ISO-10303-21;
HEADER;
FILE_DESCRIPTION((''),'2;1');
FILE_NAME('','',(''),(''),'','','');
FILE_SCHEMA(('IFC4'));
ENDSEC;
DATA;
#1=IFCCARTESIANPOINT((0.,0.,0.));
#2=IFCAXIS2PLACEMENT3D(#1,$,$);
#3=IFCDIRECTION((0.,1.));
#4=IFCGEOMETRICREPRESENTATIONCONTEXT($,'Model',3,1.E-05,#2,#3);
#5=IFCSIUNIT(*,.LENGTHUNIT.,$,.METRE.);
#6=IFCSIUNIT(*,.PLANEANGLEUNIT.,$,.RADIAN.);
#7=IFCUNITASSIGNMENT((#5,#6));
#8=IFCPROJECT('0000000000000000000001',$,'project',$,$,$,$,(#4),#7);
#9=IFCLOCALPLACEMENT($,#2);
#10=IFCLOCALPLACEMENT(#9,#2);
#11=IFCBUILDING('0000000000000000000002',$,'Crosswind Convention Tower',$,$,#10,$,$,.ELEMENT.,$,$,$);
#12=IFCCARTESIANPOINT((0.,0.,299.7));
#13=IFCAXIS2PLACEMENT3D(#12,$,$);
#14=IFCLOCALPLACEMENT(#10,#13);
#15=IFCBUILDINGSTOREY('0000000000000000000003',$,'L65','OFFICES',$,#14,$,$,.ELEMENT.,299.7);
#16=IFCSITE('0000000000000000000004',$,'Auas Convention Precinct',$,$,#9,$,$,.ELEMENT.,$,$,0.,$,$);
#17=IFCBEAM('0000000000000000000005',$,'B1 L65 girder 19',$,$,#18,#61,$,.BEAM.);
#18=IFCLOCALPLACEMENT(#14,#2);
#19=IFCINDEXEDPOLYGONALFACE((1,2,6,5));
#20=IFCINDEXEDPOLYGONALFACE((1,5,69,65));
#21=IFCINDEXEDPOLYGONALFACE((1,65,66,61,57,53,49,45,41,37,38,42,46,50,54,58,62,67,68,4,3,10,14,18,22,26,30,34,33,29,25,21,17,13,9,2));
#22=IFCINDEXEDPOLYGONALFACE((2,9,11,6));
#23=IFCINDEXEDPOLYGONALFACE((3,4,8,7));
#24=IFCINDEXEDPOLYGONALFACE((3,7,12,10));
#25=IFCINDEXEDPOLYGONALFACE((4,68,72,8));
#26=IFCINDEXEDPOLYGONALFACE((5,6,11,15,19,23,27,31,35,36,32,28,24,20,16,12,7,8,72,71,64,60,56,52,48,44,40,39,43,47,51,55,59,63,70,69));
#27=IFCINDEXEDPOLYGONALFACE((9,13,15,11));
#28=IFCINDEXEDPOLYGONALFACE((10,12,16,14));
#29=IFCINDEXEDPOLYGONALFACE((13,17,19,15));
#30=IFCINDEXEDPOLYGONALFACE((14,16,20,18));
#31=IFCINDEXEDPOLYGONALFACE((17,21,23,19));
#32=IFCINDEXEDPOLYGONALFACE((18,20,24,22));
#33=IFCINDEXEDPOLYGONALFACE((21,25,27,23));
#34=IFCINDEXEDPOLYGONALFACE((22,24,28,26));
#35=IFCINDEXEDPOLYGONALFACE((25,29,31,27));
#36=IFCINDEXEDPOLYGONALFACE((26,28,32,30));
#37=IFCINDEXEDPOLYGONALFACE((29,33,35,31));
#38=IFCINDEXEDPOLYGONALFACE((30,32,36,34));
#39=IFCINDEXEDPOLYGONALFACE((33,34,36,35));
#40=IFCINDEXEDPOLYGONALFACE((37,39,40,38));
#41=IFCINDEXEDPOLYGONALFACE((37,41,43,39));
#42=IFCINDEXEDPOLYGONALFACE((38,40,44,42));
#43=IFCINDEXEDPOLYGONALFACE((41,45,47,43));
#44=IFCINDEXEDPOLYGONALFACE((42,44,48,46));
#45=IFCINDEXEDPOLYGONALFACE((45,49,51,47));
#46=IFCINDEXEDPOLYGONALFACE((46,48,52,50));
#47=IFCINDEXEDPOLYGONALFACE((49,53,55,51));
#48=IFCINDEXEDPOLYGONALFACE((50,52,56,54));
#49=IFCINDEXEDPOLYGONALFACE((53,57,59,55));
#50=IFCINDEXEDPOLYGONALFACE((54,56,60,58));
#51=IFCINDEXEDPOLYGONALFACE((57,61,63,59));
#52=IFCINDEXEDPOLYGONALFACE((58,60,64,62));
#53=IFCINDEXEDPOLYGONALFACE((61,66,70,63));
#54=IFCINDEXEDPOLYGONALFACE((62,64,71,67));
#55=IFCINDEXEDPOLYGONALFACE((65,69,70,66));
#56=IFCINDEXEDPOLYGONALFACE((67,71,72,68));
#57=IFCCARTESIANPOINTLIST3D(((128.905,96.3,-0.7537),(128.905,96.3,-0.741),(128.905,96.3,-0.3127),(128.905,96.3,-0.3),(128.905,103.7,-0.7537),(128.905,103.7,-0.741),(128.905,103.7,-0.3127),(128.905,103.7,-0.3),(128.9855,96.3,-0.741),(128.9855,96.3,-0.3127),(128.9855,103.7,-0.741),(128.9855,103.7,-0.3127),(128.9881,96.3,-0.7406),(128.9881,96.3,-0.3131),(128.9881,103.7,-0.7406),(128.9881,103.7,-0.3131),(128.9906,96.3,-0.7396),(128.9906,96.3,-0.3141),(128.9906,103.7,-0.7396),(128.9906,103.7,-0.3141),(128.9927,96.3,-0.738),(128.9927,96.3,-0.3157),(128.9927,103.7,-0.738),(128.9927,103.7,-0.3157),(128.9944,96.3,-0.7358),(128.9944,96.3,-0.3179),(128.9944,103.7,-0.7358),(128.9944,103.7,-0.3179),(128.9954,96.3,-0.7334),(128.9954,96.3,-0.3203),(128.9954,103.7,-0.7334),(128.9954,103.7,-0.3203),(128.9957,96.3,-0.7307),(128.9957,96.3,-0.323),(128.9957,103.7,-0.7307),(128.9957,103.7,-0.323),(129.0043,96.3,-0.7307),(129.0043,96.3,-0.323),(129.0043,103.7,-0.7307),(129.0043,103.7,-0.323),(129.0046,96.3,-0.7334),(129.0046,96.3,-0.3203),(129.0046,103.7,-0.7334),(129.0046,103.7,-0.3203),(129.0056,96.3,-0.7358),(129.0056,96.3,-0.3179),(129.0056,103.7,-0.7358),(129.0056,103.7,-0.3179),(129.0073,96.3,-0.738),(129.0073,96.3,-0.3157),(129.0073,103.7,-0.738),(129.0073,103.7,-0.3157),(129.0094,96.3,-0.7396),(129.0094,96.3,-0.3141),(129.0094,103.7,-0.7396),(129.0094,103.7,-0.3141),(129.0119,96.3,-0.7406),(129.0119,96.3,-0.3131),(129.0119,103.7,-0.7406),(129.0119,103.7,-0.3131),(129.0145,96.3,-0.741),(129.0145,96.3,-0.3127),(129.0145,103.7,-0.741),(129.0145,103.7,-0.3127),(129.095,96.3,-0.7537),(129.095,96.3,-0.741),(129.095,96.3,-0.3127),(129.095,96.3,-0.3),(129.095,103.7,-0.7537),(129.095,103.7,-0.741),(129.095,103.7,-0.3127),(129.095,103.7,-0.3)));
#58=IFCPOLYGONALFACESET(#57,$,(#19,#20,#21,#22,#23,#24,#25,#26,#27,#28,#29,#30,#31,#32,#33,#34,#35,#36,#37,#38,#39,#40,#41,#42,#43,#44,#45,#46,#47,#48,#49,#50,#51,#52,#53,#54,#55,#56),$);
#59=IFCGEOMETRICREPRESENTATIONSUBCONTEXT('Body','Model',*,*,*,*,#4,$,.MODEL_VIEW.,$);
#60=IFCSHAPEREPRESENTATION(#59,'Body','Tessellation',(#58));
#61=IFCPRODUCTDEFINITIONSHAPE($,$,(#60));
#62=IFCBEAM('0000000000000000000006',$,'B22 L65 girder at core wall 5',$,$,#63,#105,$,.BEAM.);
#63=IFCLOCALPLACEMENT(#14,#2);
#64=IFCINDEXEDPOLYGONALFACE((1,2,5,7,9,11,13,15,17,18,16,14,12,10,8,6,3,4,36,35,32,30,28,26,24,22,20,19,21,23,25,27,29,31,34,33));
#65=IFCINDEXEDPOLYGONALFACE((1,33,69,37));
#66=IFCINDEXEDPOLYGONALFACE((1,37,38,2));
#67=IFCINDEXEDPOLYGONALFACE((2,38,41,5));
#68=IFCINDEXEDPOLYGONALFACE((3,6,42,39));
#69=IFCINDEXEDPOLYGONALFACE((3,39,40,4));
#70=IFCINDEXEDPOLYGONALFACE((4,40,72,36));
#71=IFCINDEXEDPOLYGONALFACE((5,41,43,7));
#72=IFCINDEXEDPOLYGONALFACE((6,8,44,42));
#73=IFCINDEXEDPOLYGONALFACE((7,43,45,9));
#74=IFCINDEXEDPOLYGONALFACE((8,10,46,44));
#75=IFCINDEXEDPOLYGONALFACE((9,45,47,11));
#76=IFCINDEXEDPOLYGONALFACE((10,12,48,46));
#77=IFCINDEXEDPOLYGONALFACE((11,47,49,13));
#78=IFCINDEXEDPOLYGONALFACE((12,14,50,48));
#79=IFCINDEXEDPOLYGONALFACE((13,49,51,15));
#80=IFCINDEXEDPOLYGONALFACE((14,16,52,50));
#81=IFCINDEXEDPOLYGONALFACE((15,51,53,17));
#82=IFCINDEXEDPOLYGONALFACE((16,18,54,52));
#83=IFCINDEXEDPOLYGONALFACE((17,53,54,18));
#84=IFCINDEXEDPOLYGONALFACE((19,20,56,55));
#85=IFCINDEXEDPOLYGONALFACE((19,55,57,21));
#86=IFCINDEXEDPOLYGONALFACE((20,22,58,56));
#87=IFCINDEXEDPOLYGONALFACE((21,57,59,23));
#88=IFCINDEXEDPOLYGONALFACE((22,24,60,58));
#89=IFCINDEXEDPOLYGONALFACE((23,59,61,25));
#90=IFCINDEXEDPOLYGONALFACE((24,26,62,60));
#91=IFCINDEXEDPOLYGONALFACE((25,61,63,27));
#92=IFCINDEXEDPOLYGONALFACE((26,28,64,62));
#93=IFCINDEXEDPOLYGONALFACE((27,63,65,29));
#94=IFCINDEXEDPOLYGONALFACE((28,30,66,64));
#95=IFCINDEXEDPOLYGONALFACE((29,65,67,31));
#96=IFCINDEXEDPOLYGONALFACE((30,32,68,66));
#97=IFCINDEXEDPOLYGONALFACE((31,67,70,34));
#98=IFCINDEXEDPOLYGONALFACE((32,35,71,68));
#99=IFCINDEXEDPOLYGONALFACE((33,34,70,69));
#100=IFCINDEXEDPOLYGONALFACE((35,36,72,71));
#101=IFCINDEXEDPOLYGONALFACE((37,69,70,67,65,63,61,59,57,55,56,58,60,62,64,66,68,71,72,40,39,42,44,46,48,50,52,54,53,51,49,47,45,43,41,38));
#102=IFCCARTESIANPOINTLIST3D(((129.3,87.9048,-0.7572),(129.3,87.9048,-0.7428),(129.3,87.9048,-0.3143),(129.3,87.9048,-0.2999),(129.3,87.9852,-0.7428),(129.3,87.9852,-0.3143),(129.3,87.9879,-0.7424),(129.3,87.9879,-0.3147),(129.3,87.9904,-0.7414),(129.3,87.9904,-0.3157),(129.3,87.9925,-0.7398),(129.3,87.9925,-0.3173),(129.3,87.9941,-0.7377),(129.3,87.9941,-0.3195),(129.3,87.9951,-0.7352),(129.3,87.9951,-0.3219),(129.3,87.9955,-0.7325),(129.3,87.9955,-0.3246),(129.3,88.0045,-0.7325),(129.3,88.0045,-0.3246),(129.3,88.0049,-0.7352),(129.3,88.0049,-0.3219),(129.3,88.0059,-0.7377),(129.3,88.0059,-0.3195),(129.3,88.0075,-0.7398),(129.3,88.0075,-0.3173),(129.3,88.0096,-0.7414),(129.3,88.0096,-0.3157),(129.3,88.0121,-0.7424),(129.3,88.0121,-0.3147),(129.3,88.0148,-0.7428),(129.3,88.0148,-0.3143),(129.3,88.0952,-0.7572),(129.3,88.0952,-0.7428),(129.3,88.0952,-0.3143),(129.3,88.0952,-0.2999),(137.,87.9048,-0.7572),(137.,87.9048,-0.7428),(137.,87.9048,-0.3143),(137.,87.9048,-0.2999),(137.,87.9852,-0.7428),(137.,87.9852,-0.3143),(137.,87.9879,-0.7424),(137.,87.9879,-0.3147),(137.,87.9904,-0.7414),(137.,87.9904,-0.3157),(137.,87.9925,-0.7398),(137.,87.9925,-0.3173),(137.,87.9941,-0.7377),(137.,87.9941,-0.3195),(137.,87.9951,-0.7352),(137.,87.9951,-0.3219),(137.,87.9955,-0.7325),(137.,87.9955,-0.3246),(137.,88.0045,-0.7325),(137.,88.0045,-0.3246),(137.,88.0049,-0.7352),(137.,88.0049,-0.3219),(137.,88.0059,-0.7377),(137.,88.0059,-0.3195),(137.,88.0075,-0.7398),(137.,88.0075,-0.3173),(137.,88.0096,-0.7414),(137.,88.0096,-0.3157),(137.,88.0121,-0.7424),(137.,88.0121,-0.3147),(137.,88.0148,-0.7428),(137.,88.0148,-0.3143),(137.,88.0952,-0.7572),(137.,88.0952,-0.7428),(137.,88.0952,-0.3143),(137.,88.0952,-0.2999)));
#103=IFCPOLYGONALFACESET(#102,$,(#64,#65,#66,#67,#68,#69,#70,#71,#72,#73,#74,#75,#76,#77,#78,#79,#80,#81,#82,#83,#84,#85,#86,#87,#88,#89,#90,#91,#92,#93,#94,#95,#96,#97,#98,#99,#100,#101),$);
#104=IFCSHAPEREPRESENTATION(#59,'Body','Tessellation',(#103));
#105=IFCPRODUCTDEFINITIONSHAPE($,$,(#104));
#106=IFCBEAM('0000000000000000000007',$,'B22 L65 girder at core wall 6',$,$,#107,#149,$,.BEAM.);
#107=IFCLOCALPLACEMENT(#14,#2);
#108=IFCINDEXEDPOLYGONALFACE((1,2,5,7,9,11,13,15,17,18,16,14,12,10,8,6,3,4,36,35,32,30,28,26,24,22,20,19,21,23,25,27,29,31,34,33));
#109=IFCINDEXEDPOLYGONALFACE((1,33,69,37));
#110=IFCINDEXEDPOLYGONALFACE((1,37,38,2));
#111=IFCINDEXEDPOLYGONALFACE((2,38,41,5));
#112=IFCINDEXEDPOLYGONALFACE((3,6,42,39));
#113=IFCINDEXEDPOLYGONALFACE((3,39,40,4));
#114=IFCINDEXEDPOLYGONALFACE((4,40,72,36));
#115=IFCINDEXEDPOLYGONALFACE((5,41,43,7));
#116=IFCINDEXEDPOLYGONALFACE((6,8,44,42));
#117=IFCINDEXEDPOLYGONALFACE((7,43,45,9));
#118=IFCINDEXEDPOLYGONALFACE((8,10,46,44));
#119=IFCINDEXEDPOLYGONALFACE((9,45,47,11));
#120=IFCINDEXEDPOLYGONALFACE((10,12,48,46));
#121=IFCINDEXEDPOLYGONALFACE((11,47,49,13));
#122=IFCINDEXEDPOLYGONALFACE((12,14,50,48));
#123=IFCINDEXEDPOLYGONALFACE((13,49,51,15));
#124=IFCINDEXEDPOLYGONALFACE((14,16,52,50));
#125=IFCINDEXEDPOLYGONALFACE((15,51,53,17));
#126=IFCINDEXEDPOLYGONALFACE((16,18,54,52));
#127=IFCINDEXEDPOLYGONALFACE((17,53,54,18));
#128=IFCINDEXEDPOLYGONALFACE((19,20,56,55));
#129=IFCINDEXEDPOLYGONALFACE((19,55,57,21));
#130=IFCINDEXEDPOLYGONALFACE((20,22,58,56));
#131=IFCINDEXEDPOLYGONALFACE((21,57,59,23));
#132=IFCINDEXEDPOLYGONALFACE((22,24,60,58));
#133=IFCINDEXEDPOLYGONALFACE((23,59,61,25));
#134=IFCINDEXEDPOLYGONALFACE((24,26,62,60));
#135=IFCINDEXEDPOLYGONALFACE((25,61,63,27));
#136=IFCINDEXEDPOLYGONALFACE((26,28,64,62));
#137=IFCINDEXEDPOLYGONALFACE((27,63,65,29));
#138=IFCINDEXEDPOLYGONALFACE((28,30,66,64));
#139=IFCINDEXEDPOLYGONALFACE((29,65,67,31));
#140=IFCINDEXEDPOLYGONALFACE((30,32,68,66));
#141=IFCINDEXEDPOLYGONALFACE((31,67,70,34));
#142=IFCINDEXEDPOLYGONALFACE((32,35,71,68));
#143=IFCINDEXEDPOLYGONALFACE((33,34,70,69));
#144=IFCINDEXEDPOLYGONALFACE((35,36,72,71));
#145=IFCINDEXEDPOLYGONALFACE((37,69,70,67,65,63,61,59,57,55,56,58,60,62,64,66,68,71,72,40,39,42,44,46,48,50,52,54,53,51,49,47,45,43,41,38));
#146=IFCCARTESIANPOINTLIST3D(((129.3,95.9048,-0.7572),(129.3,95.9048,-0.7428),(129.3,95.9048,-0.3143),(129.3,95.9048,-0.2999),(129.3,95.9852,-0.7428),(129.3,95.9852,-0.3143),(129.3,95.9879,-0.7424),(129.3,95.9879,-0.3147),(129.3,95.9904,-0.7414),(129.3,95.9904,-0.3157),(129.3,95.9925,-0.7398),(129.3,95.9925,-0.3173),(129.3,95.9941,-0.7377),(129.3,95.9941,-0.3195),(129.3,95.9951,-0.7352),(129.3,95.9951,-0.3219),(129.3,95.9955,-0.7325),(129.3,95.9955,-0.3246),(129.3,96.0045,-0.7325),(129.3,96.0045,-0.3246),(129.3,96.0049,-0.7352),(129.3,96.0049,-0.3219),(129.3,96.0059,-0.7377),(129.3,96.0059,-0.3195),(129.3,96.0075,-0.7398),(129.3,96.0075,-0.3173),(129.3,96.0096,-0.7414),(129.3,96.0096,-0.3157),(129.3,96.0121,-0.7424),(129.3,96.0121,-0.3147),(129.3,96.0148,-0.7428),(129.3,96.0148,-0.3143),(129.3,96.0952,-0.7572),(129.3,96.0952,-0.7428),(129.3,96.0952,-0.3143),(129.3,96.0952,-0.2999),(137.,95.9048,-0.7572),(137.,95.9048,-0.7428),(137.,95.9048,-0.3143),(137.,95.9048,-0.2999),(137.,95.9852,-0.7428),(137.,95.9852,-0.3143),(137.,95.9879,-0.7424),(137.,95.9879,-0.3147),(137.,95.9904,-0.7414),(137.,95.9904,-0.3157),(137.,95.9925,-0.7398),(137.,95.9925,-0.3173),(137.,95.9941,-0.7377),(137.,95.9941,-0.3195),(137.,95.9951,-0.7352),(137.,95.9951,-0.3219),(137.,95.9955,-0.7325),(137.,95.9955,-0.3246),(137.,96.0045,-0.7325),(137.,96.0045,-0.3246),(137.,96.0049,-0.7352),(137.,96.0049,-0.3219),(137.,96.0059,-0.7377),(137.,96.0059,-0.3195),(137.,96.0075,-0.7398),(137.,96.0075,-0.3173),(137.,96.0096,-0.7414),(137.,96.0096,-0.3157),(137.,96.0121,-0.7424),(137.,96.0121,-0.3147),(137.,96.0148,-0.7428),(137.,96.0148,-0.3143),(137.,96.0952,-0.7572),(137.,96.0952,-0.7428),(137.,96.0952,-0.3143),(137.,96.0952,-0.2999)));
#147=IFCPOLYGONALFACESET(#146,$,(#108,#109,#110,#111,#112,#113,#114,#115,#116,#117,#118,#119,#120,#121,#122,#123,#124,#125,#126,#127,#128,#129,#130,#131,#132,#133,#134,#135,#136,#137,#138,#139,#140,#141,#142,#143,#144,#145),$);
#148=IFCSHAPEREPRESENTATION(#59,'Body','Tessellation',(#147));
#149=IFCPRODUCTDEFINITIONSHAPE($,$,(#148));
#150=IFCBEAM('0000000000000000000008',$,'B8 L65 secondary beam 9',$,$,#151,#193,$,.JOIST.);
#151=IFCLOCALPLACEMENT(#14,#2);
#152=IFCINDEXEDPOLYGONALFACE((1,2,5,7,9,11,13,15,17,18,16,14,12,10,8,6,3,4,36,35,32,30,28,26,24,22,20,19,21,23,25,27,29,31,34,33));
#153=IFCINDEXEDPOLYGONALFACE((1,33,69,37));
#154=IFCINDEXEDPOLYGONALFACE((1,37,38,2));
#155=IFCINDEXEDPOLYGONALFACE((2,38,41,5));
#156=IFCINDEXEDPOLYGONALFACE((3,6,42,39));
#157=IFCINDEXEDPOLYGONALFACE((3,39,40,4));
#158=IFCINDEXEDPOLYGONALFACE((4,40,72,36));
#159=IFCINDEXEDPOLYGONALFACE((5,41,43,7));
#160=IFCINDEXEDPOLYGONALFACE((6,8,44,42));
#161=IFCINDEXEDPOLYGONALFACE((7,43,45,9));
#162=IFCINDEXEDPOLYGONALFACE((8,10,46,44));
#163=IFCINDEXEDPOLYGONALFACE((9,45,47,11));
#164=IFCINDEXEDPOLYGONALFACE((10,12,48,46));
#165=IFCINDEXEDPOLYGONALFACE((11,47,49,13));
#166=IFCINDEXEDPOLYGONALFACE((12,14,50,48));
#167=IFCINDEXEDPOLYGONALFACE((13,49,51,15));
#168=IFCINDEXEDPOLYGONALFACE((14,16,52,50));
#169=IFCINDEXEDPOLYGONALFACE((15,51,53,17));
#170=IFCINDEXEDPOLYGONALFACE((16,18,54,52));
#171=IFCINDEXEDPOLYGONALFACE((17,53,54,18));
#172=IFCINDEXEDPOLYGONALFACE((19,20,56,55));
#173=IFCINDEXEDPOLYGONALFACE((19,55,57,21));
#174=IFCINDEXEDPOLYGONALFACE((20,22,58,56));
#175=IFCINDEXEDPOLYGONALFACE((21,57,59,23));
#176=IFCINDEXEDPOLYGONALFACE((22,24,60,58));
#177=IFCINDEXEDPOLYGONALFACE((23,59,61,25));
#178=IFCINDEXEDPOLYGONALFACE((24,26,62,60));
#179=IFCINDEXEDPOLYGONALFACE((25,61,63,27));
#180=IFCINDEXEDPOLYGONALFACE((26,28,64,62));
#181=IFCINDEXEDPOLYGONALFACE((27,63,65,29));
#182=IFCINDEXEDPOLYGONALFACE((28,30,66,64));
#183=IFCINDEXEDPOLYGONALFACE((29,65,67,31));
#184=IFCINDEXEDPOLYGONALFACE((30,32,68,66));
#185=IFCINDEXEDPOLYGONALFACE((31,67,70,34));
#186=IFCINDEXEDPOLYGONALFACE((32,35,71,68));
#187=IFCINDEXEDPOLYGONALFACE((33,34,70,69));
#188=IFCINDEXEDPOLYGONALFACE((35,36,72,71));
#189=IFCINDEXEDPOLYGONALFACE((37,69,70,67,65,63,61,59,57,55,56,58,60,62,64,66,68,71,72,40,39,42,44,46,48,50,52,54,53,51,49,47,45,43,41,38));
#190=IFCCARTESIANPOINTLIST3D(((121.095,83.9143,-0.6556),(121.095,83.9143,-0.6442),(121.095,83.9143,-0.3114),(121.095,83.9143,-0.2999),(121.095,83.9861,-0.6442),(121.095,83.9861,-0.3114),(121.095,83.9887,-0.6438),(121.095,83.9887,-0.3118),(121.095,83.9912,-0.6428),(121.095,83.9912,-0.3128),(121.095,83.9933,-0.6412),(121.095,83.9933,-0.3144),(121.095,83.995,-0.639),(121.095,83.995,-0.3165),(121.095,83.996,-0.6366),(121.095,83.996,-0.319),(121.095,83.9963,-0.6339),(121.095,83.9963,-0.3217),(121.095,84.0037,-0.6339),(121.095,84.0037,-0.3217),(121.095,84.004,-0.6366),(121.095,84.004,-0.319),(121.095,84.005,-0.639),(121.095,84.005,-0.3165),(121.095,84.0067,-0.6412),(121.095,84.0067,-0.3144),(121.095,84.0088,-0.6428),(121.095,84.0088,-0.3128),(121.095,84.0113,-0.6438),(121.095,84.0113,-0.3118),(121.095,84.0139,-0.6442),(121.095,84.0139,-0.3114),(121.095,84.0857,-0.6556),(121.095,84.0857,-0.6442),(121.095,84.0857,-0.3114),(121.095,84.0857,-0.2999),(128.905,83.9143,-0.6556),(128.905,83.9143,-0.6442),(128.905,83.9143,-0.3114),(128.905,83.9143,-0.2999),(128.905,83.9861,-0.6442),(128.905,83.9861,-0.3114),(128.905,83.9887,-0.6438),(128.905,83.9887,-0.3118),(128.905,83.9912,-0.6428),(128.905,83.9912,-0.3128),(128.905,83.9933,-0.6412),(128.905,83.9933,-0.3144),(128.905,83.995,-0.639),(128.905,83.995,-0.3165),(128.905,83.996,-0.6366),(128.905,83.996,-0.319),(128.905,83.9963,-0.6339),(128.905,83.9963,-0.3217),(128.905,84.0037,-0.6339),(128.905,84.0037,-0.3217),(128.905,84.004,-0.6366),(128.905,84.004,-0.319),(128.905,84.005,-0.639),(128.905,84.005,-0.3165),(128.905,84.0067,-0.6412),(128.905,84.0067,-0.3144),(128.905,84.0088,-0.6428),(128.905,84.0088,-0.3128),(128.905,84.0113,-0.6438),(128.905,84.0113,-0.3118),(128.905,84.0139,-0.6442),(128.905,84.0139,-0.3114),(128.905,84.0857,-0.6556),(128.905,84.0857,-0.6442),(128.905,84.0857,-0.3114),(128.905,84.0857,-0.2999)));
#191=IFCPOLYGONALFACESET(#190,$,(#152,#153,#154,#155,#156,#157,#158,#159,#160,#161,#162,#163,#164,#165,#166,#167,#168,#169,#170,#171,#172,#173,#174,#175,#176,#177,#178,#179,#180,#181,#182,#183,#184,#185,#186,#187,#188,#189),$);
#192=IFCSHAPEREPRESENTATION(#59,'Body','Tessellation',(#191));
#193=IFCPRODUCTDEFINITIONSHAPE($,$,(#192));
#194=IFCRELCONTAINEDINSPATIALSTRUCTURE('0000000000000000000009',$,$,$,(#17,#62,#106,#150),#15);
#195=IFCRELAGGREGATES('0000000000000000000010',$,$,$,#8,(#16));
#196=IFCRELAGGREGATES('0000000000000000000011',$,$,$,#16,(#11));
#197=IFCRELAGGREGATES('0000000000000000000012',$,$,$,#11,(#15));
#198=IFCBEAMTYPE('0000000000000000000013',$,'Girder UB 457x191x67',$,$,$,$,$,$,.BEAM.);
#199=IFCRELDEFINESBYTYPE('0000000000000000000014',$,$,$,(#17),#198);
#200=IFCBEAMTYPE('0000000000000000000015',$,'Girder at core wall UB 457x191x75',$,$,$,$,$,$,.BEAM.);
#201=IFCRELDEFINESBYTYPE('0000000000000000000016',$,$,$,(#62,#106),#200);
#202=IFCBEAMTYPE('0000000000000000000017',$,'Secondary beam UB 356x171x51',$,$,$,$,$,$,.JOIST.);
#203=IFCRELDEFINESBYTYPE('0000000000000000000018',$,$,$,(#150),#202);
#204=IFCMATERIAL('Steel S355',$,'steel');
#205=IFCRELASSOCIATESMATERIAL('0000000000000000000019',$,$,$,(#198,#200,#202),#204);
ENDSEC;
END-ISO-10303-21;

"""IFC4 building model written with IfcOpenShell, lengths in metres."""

from ifc_helpers import new_model, si_unit, direction, frame, origin, origin_2d, place, context, subcontext, project, spatial, i_section, extrude, material, material_profile, profile_set, type_object, element, save


model = new_model("IFC4")

# Units and contexts
model_context = context("Model", 3, precision=1e-05, world=origin(), true_north=direction((0.0, 1.0)))
body_context = subcontext(model_context, "Body", "Model", "MODEL_VIEW")
ifc_project = project(units=[si_unit("LENGTHUNIT", "METRE"), si_unit("PLANEANGLEUNIT", "RADIAN")], contexts=[model_context])

# Site, building, storey
site_placement = place(None, origin())
site = spatial("IfcSite", under=ifc_project, at=site_placement, Name="Auas Convention Precinct", CompositionType="ELEMENT", RefElevation=0.0)
building_placement = place(site_placement, origin())
building = spatial("IfcBuilding", under=site, at=building_placement, Name="Crosswind Convention Tower", CompositionType="ELEMENT")
storey_placement = place(building_placement, frame((0.0, 0.0, 299.7)))
storey = spatial("IfcBuildingStorey", under=building, at=storey_placement, Name="L65", Description="OFFICES", CompositionType="ELEMENT", Elevation=299.7)

# Beams
ifc_material_1 = material(Name="Steel S355", Category="steel")
ifc_material_profile_1 = material_profile(ifc_material_1, i_section(OverallWidth=0.1899, OverallDepth=0.4536, WebThickness=0.0085, FlangeThickness=0.0127, FilletRadius=0.0103, at=origin_2d()), Name="UB 457x191x67")
ifc_profile_set_1 = profile_set([ifc_material_profile_1], Name="Steel S355")
beam_type_1 = type_object("IfcBeamType", Name="Girder UB 457x191x67", PredefinedType="BEAM", material=ifc_profile_set_1)
for number, where, z_axis, x_axis, name in (
    (1, (129.0, 96.3, -0.5269), (0.0, 1.0, 0.0), (-1.0, 0.0, 0.0), "B1 L65 girder 19"),
):
    element("IfcBeam", number, at=place(storey_placement, frame(where, z_axis=z_axis, x_axis=x_axis)), inside=storey, type_object=beam_type_1, Name=name, PredefinedType="BEAM", context=body_context, shape_type="SweptSolid", body=[
        extrude(i_section(OverallWidth=0.1899, OverallDepth=0.4536, WebThickness=0.0085, FlangeThickness=0.0127, FilletRadius=0.0103, at=origin_2d()), origin(), (0.0, 0.0, 1.0), 7.3999),
    ])
ifc_material_profile_2 = material_profile(ifc_material_1, i_section(OverallWidth=0.1904, OverallDepth=0.4573, WebThickness=0.009, FlangeThickness=0.0144, FilletRadius=0.0103, at=origin_2d()), Name="UB 457x191x75")
ifc_profile_set_2 = profile_set([ifc_material_profile_2], Name="Steel S355")
beam_type_2 = type_object("IfcBeamType", Name="Girder at core wall UB 457x191x75", PredefinedType="BEAM", material=ifc_profile_set_2)
for number, where, z_axis, x_axis, name in (
    (2, (129.3, 88.0, -0.5286), (1.0, 0.0, 0.0), (0.0, 1.0, 0.0), "B22 L65 girder at core wall 5"),
    (3, (129.3, 96.0, -0.5286), (1.0, 0.0, 0.0), (0.0, 1.0, 0.0), "B22 L65 girder at core wall 6"),
):
    element("IfcBeam", number, at=place(storey_placement, frame(where, z_axis=z_axis, x_axis=x_axis)), inside=storey, type_object=beam_type_2, Name=name, PredefinedType="BEAM", context=body_context, shape_type="SweptSolid", body=[
        extrude(i_section(OverallWidth=0.1904, OverallDepth=0.4573, WebThickness=0.009, FlangeThickness=0.0144, FilletRadius=0.0103, at=origin_2d()), origin(), (0.0, 0.0, 1.0), 7.7),
    ])
ifc_material_profile_3 = material_profile(ifc_material_1, i_section(OverallWidth=0.1714, OverallDepth=0.3557, WebThickness=0.0073, FlangeThickness=0.0115, FilletRadius=0.0103, at=origin_2d()), Name="UB 356x171x51")
ifc_profile_set_3 = profile_set([ifc_material_profile_3], Name="Steel S355")
beam_type_3 = type_object("IfcBeamType", Name="Secondary beam UB 356x171x51", PredefinedType="JOIST", material=ifc_profile_set_3)
for number, where, z_axis, x_axis, name in (
    (4, (121.095, 84.0, -0.4778), (1.0, 0.0, 0.0), (0.0, 1.0, 0.0), "B8 L65 secondary beam 9"),
):
    element("IfcBeam", number, at=place(storey_placement, frame(where, z_axis=z_axis, x_axis=x_axis)), inside=storey, type_object=beam_type_3, Name=name, PredefinedType="JOIST", context=body_context, shape_type="SweptSolid", body=[
        extrude(i_section(OverallWidth=0.1714, OverallDepth=0.3557, WebThickness=0.0073, FlangeThickness=0.0115, FilletRadius=0.0103, at=origin_2d()), origin(), (0.0, 0.0, 1.0), 7.8101),
    ])

save(model, "model.ifc")
